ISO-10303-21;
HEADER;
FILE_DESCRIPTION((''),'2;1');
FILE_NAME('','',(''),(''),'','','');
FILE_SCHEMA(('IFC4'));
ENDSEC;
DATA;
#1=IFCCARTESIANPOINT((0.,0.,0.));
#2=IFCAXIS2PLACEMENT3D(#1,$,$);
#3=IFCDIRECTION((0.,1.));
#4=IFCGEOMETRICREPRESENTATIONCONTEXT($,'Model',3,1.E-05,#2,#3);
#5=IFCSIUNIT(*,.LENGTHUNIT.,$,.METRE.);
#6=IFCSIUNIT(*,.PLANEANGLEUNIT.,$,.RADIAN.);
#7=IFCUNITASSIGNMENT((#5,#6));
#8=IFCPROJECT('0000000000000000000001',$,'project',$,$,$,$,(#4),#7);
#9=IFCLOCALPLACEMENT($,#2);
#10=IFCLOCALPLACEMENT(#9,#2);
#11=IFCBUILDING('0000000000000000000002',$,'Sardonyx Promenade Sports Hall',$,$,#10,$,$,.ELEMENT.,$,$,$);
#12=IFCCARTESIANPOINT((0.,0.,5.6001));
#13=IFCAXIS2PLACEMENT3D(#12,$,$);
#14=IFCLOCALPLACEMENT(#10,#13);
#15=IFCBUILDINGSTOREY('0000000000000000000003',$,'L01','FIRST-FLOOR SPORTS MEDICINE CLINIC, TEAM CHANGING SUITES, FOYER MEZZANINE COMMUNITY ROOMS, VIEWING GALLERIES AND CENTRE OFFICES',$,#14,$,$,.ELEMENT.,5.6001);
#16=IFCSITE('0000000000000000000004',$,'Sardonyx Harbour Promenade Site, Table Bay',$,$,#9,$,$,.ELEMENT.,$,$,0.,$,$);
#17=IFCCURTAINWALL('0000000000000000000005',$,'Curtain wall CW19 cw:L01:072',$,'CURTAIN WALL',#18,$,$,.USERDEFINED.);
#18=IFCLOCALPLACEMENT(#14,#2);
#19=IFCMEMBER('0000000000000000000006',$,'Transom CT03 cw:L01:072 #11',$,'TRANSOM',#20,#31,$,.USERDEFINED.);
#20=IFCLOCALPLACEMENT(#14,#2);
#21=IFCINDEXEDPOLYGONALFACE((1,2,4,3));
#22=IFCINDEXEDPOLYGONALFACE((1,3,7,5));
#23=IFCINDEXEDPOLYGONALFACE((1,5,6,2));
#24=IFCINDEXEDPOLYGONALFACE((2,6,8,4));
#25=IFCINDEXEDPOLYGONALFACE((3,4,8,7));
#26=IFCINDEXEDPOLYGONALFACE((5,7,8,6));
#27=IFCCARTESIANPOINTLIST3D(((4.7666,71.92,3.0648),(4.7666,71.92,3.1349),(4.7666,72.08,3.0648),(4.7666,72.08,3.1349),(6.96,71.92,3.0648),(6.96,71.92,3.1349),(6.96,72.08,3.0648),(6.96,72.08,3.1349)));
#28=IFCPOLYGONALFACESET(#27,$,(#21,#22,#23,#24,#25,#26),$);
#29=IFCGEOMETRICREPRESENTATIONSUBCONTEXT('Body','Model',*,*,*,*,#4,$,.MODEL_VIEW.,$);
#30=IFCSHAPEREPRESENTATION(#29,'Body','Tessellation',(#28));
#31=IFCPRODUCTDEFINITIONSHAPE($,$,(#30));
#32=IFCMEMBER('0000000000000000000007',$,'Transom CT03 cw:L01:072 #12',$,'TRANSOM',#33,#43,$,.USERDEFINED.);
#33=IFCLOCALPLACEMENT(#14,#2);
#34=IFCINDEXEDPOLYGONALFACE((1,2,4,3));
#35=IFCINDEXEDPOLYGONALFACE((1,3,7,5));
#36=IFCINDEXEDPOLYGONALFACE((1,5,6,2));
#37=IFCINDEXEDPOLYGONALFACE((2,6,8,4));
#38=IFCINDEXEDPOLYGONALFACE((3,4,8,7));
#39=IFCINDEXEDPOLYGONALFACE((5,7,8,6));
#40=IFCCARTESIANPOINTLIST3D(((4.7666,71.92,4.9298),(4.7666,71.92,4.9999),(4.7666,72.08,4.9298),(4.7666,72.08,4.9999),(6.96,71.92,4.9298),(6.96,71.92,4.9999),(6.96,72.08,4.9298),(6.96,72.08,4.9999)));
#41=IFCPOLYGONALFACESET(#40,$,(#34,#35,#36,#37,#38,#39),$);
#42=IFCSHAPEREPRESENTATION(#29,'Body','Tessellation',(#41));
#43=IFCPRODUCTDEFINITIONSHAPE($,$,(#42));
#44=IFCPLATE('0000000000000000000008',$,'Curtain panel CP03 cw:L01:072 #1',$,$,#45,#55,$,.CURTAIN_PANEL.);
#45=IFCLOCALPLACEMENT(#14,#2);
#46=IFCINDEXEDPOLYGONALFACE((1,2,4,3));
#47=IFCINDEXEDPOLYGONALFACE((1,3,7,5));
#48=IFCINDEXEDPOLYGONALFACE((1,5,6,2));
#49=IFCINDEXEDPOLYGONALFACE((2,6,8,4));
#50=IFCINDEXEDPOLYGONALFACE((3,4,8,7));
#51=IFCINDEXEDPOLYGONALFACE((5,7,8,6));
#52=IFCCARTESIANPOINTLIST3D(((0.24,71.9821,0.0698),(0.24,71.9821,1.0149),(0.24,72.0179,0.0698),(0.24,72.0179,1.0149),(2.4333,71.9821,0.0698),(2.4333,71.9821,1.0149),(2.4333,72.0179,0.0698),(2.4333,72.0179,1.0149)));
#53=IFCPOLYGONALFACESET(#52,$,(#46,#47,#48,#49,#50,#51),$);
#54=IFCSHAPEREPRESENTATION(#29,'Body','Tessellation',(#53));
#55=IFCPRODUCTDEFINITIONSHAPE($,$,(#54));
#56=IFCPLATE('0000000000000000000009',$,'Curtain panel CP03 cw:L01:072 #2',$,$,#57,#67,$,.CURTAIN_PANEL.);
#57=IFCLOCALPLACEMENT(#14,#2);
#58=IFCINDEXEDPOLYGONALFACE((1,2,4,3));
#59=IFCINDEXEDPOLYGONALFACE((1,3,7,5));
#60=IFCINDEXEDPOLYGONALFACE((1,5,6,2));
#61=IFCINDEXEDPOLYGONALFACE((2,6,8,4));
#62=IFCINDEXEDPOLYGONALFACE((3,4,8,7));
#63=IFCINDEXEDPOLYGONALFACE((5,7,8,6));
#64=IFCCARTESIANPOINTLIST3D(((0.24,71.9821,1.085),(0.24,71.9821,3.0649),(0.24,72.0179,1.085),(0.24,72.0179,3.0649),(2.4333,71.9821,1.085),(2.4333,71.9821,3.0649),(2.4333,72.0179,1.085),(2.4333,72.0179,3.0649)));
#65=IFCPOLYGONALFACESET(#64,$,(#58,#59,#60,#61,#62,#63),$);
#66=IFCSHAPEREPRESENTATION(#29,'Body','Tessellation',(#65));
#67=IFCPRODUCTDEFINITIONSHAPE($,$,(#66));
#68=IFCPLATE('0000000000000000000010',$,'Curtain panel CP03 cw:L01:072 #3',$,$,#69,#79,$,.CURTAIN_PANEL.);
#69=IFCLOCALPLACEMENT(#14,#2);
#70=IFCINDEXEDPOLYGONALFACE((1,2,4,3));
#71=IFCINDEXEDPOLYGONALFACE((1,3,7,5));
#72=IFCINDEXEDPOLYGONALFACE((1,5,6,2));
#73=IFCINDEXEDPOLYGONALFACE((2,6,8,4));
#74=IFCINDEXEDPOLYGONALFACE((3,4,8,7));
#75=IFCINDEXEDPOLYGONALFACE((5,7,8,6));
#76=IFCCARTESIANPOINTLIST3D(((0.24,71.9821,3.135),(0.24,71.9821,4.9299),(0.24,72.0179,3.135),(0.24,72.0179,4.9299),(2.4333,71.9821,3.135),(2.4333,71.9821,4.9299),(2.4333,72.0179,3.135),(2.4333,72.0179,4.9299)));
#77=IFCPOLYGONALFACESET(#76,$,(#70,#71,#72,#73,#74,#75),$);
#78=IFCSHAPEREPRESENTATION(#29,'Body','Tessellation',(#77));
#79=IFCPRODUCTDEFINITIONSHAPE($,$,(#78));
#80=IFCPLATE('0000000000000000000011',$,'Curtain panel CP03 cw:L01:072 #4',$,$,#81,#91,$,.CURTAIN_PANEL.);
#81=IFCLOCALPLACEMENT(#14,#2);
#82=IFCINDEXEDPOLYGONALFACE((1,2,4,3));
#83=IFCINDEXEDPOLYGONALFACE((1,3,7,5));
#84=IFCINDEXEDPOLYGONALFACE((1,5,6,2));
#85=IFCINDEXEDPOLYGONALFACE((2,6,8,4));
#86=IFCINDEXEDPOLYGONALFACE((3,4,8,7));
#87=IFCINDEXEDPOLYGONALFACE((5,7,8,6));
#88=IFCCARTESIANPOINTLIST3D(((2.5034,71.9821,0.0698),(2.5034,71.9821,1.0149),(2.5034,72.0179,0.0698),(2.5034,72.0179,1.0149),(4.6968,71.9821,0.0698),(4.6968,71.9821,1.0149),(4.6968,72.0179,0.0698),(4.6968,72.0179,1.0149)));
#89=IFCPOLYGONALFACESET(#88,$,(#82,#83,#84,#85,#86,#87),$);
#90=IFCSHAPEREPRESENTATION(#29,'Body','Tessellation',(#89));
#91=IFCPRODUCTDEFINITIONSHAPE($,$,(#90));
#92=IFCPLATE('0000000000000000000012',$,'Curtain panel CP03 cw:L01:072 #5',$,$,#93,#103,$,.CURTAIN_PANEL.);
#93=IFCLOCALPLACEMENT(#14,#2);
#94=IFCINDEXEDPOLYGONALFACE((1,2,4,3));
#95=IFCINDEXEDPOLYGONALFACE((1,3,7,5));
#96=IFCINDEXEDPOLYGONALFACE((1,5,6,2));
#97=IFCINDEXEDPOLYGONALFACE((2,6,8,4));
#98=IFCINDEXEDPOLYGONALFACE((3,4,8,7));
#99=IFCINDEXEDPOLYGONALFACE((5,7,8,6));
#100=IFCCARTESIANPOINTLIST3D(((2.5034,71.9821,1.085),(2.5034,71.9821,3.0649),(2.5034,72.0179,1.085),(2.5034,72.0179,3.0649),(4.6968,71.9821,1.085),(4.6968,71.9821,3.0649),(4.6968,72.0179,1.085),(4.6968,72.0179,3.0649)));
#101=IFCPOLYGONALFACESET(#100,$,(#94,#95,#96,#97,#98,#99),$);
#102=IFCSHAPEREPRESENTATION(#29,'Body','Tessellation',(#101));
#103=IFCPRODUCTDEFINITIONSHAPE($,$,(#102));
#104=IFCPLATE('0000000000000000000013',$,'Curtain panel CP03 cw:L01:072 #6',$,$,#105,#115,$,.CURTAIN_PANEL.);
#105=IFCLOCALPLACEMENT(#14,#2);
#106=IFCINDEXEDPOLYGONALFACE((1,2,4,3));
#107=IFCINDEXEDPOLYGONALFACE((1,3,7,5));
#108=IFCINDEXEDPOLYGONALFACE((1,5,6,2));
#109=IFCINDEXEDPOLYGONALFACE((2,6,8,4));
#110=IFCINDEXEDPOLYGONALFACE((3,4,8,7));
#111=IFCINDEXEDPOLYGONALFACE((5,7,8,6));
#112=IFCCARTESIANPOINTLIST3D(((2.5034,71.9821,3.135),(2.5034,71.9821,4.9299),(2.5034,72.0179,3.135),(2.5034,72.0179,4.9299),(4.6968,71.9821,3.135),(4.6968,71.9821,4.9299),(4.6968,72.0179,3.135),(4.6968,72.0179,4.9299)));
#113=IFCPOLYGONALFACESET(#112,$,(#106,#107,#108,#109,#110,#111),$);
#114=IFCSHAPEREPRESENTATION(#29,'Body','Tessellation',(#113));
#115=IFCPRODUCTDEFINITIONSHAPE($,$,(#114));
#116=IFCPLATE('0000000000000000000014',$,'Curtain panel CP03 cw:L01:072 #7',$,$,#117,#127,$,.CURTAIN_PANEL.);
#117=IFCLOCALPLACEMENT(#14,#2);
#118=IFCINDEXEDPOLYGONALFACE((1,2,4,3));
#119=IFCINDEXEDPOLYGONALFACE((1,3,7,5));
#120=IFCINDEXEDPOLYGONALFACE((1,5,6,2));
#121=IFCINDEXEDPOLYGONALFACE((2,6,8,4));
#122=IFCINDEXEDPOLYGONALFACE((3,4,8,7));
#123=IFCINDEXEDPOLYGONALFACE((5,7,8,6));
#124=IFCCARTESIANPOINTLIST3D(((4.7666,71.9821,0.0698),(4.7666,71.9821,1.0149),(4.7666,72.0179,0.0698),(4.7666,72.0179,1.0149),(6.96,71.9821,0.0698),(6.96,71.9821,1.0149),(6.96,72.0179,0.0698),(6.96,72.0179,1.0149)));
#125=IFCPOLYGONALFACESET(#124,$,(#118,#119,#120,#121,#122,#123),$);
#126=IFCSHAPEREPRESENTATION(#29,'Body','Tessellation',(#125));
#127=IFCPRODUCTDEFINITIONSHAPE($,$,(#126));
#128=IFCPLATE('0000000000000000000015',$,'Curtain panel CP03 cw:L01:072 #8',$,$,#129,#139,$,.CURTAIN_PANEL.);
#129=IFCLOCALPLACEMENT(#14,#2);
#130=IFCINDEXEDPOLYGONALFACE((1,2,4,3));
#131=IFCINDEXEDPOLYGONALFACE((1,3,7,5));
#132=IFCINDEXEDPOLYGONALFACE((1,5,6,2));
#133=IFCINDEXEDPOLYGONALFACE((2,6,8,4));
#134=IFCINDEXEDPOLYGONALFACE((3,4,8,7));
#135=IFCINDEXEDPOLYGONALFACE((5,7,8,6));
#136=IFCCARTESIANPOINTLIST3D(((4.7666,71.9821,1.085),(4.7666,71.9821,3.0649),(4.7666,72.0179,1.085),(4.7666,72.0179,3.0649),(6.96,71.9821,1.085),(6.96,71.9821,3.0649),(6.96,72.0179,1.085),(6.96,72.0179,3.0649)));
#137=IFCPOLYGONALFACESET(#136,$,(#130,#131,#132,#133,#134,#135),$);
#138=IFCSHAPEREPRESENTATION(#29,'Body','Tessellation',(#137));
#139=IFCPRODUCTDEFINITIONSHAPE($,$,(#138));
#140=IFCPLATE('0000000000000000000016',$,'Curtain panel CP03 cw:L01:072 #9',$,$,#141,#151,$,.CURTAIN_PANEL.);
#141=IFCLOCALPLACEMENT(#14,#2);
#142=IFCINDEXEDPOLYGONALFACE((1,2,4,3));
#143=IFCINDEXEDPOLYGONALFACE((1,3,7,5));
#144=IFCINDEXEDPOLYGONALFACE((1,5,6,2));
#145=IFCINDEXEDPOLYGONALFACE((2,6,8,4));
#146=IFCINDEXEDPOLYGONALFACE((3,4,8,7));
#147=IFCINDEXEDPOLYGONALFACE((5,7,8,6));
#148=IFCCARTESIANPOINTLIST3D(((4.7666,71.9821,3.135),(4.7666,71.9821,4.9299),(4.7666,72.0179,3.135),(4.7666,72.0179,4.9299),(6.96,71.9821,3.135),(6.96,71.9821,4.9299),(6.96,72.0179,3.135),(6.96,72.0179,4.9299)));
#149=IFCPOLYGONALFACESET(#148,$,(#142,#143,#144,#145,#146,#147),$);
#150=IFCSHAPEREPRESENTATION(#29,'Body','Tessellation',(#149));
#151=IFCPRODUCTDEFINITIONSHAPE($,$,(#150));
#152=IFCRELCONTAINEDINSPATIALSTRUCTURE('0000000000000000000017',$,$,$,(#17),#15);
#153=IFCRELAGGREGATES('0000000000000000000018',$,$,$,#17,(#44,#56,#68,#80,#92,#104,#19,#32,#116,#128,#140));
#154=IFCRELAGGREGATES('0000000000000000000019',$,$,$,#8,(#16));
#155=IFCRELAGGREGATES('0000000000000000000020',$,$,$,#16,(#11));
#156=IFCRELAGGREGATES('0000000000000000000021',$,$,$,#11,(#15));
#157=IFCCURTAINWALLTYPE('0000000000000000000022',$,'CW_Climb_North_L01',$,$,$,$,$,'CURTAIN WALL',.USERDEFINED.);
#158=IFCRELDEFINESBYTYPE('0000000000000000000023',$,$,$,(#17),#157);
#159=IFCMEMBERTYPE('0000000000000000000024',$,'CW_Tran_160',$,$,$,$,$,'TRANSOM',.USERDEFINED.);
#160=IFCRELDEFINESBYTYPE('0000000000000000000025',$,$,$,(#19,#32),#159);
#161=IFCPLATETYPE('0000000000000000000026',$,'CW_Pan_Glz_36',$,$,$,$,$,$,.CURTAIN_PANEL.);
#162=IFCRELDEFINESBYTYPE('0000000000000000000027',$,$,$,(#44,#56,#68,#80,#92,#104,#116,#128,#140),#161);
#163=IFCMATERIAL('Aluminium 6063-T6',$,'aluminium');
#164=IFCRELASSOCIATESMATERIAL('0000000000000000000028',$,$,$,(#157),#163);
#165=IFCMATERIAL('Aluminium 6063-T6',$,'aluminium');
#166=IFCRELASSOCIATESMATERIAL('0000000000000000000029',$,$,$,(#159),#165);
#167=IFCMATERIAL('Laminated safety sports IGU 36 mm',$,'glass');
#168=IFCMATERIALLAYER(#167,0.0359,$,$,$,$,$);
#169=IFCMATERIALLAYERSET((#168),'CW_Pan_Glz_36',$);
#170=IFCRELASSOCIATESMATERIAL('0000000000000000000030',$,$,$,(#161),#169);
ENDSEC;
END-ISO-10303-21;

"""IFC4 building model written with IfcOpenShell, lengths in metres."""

from ifc_helpers import new_model, si_unit, direction, frame, origin, origin_2d, place, context, subcontext, project, spatial, rectangle, extrude, material, layer, layer_set, material_profile, profile_set, type_object, element, aggregate, save


model = new_model("IFC4")

# Units and contexts
model_context = context("Model", 3, precision=1e-05, world=origin(), true_north=direction((0.0, 1.0)))
body_context = subcontext(model_context, "Body", "Model", "MODEL_VIEW")
ifc_project = project(units=[si_unit("LENGTHUNIT", "METRE"), si_unit("PLANEANGLEUNIT", "RADIAN")], contexts=[model_context])

# Site, building, storey
site_placement = place(None, origin())
site = spatial("IfcSite", under=ifc_project, at=site_placement, Name="Sardonyx Harbour Promenade Site, Table Bay", CompositionType="ELEMENT", RefElevation=0.0)
building_placement = place(site_placement, origin())
building = spatial("IfcBuilding", under=site, at=building_placement, Name="Sardonyx Promenade Sports Hall", CompositionType="ELEMENT")
storey_placement = place(building_placement, frame((0.0, 0.0, 5.6001)))
storey = spatial("IfcBuildingStorey", under=building, at=storey_placement, Name="L01", Description="FIRST-FLOOR SPORTS MEDICINE CLINIC, TEAM CHANGING SUITES, FOYER MEZZANINE COMMUNITY ROOMS, VIEWING GALLERIES AND CENTRE OFFICES", CompositionType="ELEMENT", Elevation=5.6001)

# Curtain wall, members, plates
ifc_material_1 = material(Name="Aluminium 6063-T6", Category="aluminium")
curtain_wall_type = type_object("IfcCurtainWallType", Name="CW_Climb_North_L01", ElementType="CURTAIN WALL", PredefinedType="USERDEFINED", material=ifc_material_1)
curtain_wall_placement = place(storey_placement, origin())
curtain_wall = element("IfcCurtainWall", 1, at=curtain_wall_placement, inside=storey, type_object=curtain_wall_type, Name="Curtain wall CW19 cw:L01:072", ObjectType="CURTAIN WALL", PredefinedType="USERDEFINED")
ifc_material_2 = material(Name="Aluminium 6063-T6", Category="aluminium")
ifc_material_profile_1 = material_profile(ifc_material_2, rectangle(XDim=0.0701, YDim=0.1599, at=origin_2d()))
ifc_profile_set_1 = profile_set([ifc_material_profile_1], Name="Aluminium 6063-T6")
member_type_1 = type_object("IfcMemberType", Name="CW_Tran_160", ElementType="TRANSOM", PredefinedType="USERDEFINED", material=ifc_profile_set_1)
member_1_placement = place(storey_placement, frame((4.7666, 72.0, 3.0999), z_axis=(1.0, 0.0, 0.0), x_axis=(0.0, 0.0, 1.0)))
member_1 = element("IfcMember", 2, at=member_1_placement, type_object=member_type_1, Name="Transom CT03 cw:L01:072 #11", ObjectType="TRANSOM", PredefinedType="USERDEFINED", context=body_context, shape_type="SweptSolid", body=[
    extrude(rectangle(XDim=0.0701, YDim=0.1599, at=origin_2d()), origin(), (0.0, 0.0, 1.0), 2.1934),
])
member_2_placement = place(storey_placement, frame((4.7666, 72.0, 4.9648), z_axis=(1.0, 0.0, 0.0), x_axis=(0.0, 0.0, 1.0)))
member_2 = element("IfcMember", 3, at=member_2_placement, type_object=member_type_1, Name="Transom CT03 cw:L01:072 #12", ObjectType="TRANSOM", PredefinedType="USERDEFINED", context=body_context, shape_type="SweptSolid", body=[
    extrude(rectangle(XDim=0.0701, YDim=0.1599, at=origin_2d()), origin(), (0.0, 0.0, 1.0), 2.1934),
])
ifc_material_3 = material(Name="Laminated safety sports IGU 36 mm", Category="glass")
ifc_layer = layer(ifc_material_3, 0.0359)
ifc_layer_set = layer_set([ifc_layer], Name="CW_Pan_Glz_36")
plate_type = type_object("IfcPlateType", Name="CW_Pan_Glz_36", PredefinedType="CURTAIN_PANEL", material=ifc_layer_set)
plate_1_placement = place(storey_placement, frame((1.3367, 72.0, 0.0698), z_axis=(0.0, 0.0, 1.0), x_axis=(1.0, 0.0, 0.0)))
plate_1 = element("IfcPlate", 4, at=plate_1_placement, type_object=plate_type, Name="Curtain panel CP03 cw:L01:072 #1", PredefinedType="CURTAIN_PANEL", context=body_context, shape_type="SweptSolid", body=[
    extrude(rectangle(XDim=2.1934, YDim=0.0359, at=origin_2d()), origin(), (0.0, 0.0, 1.0), 0.9451),
])
plate_2_placement = place(storey_placement, frame((1.3367, 72.0, 1.085), z_axis=(0.0, 0.0, 1.0), x_axis=(1.0, 0.0, 0.0)))
plate_2 = element("IfcPlate", 5, at=plate_2_placement, type_object=plate_type, Name="Curtain panel CP03 cw:L01:072 #2", PredefinedType="CURTAIN_PANEL", context=body_context, shape_type="SweptSolid", body=[
    extrude(rectangle(XDim=2.1934, YDim=0.0359, at=origin_2d()), origin(), (0.0, 0.0, 1.0), 1.98),
])
plate_3_placement = place(storey_placement, frame((1.3367, 72.0, 3.135), z_axis=(0.0, 0.0, 1.0), x_axis=(1.0, 0.0, 0.0)))
plate_3 = element("IfcPlate", 6, at=plate_3_placement, type_object=plate_type, Name="Curtain panel CP03 cw:L01:072 #3", PredefinedType="CURTAIN_PANEL", context=body_context, shape_type="SweptSolid", body=[
    extrude(rectangle(XDim=2.1934, YDim=0.0359, at=origin_2d()), origin(), (0.0, 0.0, 1.0), 1.7949),
])
plate_4_placement = place(storey_placement, frame((3.6001, 72.0, 0.0698), z_axis=(0.0, 0.0, 1.0), x_axis=(1.0, 0.0, 0.0)))
plate_4 = element("IfcPlate", 7, at=plate_4_placement, type_object=plate_type, Name="Curtain panel CP03 cw:L01:072 #4", PredefinedType="CURTAIN_PANEL", context=body_context, shape_type="SweptSolid", body=[
    extrude(rectangle(XDim=2.1934, YDim=0.0359, at=origin_2d()), origin(), (0.0, 0.0, 1.0), 0.9451),
])
plate_5_placement = place(storey_placement, frame((3.6001, 72.0, 1.085), z_axis=(0.0, 0.0, 1.0), x_axis=(1.0, 0.0, 0.0)))
plate_5 = element("IfcPlate", 8, at=plate_5_placement, type_object=plate_type, Name="Curtain panel CP03 cw:L01:072 #5", PredefinedType="CURTAIN_PANEL", context=body_context, shape_type="SweptSolid", body=[
    extrude(rectangle(XDim=2.1934, YDim=0.0359, at=origin_2d()), origin(), (0.0, 0.0, 1.0), 1.98),
])
plate_6_placement = place(storey_placement, frame((3.6001, 72.0, 3.135), z_axis=(0.0, 0.0, 1.0), x_axis=(1.0, 0.0, 0.0)))
plate_6 = element("IfcPlate", 9, at=plate_6_placement, type_object=plate_type, Name="Curtain panel CP03 cw:L01:072 #6", PredefinedType="CURTAIN_PANEL", context=body_context, shape_type="SweptSolid", body=[
    extrude(rectangle(XDim=2.1934, YDim=0.0359, at=origin_2d()), origin(), (0.0, 0.0, 1.0), 1.7949),
])
plate_7_placement = place(storey_placement, frame((5.8633, 72.0, 0.0698), z_axis=(0.0, 0.0, 1.0), x_axis=(1.0, 0.0, 0.0)))
plate_7 = element("IfcPlate", 10, at=plate_7_placement, type_object=plate_type, Name="Curtain panel CP03 cw:L01:072 #7", PredefinedType="CURTAIN_PANEL", context=body_context, shape_type="SweptSolid", body=[
    extrude(rectangle(XDim=2.1934, YDim=0.0359, at=origin_2d()), origin(), (0.0, 0.0, 1.0), 0.9451),
])
plate_8_placement = place(storey_placement, frame((5.8633, 72.0, 1.085), z_axis=(0.0, 0.0, 1.0), x_axis=(1.0, 0.0, 0.0)))
plate_8 = element("IfcPlate", 11, at=plate_8_placement, type_object=plate_type, Name="Curtain panel CP03 cw:L01:072 #8", PredefinedType="CURTAIN_PANEL", context=body_context, shape_type="SweptSolid", body=[
    extrude(rectangle(XDim=2.1934, YDim=0.0359, at=origin_2d()), origin(), (0.0, 0.0, 1.0), 1.98),
])
plate_9_placement = place(storey_placement, frame((5.8633, 72.0, 3.135), z_axis=(0.0, 0.0, 1.0), x_axis=(1.0, 0.0, 0.0)))
plate_9 = element("IfcPlate", 12, at=plate_9_placement, type_object=plate_type, Name="Curtain panel CP03 cw:L01:072 #9", PredefinedType="CURTAIN_PANEL", context=body_context, shape_type="SweptSolid", body=[
    extrude(rectangle(XDim=2.1934, YDim=0.0359, at=origin_2d()), origin(), (0.0, 0.0, 1.0), 1.7949),
])
aggregate(curtain_wall, [plate_1, plate_2, plate_3, plate_4, plate_5, plate_6, member_1, member_2, plate_7, plate_8, plate_9])

save(model, "model.ifc")
